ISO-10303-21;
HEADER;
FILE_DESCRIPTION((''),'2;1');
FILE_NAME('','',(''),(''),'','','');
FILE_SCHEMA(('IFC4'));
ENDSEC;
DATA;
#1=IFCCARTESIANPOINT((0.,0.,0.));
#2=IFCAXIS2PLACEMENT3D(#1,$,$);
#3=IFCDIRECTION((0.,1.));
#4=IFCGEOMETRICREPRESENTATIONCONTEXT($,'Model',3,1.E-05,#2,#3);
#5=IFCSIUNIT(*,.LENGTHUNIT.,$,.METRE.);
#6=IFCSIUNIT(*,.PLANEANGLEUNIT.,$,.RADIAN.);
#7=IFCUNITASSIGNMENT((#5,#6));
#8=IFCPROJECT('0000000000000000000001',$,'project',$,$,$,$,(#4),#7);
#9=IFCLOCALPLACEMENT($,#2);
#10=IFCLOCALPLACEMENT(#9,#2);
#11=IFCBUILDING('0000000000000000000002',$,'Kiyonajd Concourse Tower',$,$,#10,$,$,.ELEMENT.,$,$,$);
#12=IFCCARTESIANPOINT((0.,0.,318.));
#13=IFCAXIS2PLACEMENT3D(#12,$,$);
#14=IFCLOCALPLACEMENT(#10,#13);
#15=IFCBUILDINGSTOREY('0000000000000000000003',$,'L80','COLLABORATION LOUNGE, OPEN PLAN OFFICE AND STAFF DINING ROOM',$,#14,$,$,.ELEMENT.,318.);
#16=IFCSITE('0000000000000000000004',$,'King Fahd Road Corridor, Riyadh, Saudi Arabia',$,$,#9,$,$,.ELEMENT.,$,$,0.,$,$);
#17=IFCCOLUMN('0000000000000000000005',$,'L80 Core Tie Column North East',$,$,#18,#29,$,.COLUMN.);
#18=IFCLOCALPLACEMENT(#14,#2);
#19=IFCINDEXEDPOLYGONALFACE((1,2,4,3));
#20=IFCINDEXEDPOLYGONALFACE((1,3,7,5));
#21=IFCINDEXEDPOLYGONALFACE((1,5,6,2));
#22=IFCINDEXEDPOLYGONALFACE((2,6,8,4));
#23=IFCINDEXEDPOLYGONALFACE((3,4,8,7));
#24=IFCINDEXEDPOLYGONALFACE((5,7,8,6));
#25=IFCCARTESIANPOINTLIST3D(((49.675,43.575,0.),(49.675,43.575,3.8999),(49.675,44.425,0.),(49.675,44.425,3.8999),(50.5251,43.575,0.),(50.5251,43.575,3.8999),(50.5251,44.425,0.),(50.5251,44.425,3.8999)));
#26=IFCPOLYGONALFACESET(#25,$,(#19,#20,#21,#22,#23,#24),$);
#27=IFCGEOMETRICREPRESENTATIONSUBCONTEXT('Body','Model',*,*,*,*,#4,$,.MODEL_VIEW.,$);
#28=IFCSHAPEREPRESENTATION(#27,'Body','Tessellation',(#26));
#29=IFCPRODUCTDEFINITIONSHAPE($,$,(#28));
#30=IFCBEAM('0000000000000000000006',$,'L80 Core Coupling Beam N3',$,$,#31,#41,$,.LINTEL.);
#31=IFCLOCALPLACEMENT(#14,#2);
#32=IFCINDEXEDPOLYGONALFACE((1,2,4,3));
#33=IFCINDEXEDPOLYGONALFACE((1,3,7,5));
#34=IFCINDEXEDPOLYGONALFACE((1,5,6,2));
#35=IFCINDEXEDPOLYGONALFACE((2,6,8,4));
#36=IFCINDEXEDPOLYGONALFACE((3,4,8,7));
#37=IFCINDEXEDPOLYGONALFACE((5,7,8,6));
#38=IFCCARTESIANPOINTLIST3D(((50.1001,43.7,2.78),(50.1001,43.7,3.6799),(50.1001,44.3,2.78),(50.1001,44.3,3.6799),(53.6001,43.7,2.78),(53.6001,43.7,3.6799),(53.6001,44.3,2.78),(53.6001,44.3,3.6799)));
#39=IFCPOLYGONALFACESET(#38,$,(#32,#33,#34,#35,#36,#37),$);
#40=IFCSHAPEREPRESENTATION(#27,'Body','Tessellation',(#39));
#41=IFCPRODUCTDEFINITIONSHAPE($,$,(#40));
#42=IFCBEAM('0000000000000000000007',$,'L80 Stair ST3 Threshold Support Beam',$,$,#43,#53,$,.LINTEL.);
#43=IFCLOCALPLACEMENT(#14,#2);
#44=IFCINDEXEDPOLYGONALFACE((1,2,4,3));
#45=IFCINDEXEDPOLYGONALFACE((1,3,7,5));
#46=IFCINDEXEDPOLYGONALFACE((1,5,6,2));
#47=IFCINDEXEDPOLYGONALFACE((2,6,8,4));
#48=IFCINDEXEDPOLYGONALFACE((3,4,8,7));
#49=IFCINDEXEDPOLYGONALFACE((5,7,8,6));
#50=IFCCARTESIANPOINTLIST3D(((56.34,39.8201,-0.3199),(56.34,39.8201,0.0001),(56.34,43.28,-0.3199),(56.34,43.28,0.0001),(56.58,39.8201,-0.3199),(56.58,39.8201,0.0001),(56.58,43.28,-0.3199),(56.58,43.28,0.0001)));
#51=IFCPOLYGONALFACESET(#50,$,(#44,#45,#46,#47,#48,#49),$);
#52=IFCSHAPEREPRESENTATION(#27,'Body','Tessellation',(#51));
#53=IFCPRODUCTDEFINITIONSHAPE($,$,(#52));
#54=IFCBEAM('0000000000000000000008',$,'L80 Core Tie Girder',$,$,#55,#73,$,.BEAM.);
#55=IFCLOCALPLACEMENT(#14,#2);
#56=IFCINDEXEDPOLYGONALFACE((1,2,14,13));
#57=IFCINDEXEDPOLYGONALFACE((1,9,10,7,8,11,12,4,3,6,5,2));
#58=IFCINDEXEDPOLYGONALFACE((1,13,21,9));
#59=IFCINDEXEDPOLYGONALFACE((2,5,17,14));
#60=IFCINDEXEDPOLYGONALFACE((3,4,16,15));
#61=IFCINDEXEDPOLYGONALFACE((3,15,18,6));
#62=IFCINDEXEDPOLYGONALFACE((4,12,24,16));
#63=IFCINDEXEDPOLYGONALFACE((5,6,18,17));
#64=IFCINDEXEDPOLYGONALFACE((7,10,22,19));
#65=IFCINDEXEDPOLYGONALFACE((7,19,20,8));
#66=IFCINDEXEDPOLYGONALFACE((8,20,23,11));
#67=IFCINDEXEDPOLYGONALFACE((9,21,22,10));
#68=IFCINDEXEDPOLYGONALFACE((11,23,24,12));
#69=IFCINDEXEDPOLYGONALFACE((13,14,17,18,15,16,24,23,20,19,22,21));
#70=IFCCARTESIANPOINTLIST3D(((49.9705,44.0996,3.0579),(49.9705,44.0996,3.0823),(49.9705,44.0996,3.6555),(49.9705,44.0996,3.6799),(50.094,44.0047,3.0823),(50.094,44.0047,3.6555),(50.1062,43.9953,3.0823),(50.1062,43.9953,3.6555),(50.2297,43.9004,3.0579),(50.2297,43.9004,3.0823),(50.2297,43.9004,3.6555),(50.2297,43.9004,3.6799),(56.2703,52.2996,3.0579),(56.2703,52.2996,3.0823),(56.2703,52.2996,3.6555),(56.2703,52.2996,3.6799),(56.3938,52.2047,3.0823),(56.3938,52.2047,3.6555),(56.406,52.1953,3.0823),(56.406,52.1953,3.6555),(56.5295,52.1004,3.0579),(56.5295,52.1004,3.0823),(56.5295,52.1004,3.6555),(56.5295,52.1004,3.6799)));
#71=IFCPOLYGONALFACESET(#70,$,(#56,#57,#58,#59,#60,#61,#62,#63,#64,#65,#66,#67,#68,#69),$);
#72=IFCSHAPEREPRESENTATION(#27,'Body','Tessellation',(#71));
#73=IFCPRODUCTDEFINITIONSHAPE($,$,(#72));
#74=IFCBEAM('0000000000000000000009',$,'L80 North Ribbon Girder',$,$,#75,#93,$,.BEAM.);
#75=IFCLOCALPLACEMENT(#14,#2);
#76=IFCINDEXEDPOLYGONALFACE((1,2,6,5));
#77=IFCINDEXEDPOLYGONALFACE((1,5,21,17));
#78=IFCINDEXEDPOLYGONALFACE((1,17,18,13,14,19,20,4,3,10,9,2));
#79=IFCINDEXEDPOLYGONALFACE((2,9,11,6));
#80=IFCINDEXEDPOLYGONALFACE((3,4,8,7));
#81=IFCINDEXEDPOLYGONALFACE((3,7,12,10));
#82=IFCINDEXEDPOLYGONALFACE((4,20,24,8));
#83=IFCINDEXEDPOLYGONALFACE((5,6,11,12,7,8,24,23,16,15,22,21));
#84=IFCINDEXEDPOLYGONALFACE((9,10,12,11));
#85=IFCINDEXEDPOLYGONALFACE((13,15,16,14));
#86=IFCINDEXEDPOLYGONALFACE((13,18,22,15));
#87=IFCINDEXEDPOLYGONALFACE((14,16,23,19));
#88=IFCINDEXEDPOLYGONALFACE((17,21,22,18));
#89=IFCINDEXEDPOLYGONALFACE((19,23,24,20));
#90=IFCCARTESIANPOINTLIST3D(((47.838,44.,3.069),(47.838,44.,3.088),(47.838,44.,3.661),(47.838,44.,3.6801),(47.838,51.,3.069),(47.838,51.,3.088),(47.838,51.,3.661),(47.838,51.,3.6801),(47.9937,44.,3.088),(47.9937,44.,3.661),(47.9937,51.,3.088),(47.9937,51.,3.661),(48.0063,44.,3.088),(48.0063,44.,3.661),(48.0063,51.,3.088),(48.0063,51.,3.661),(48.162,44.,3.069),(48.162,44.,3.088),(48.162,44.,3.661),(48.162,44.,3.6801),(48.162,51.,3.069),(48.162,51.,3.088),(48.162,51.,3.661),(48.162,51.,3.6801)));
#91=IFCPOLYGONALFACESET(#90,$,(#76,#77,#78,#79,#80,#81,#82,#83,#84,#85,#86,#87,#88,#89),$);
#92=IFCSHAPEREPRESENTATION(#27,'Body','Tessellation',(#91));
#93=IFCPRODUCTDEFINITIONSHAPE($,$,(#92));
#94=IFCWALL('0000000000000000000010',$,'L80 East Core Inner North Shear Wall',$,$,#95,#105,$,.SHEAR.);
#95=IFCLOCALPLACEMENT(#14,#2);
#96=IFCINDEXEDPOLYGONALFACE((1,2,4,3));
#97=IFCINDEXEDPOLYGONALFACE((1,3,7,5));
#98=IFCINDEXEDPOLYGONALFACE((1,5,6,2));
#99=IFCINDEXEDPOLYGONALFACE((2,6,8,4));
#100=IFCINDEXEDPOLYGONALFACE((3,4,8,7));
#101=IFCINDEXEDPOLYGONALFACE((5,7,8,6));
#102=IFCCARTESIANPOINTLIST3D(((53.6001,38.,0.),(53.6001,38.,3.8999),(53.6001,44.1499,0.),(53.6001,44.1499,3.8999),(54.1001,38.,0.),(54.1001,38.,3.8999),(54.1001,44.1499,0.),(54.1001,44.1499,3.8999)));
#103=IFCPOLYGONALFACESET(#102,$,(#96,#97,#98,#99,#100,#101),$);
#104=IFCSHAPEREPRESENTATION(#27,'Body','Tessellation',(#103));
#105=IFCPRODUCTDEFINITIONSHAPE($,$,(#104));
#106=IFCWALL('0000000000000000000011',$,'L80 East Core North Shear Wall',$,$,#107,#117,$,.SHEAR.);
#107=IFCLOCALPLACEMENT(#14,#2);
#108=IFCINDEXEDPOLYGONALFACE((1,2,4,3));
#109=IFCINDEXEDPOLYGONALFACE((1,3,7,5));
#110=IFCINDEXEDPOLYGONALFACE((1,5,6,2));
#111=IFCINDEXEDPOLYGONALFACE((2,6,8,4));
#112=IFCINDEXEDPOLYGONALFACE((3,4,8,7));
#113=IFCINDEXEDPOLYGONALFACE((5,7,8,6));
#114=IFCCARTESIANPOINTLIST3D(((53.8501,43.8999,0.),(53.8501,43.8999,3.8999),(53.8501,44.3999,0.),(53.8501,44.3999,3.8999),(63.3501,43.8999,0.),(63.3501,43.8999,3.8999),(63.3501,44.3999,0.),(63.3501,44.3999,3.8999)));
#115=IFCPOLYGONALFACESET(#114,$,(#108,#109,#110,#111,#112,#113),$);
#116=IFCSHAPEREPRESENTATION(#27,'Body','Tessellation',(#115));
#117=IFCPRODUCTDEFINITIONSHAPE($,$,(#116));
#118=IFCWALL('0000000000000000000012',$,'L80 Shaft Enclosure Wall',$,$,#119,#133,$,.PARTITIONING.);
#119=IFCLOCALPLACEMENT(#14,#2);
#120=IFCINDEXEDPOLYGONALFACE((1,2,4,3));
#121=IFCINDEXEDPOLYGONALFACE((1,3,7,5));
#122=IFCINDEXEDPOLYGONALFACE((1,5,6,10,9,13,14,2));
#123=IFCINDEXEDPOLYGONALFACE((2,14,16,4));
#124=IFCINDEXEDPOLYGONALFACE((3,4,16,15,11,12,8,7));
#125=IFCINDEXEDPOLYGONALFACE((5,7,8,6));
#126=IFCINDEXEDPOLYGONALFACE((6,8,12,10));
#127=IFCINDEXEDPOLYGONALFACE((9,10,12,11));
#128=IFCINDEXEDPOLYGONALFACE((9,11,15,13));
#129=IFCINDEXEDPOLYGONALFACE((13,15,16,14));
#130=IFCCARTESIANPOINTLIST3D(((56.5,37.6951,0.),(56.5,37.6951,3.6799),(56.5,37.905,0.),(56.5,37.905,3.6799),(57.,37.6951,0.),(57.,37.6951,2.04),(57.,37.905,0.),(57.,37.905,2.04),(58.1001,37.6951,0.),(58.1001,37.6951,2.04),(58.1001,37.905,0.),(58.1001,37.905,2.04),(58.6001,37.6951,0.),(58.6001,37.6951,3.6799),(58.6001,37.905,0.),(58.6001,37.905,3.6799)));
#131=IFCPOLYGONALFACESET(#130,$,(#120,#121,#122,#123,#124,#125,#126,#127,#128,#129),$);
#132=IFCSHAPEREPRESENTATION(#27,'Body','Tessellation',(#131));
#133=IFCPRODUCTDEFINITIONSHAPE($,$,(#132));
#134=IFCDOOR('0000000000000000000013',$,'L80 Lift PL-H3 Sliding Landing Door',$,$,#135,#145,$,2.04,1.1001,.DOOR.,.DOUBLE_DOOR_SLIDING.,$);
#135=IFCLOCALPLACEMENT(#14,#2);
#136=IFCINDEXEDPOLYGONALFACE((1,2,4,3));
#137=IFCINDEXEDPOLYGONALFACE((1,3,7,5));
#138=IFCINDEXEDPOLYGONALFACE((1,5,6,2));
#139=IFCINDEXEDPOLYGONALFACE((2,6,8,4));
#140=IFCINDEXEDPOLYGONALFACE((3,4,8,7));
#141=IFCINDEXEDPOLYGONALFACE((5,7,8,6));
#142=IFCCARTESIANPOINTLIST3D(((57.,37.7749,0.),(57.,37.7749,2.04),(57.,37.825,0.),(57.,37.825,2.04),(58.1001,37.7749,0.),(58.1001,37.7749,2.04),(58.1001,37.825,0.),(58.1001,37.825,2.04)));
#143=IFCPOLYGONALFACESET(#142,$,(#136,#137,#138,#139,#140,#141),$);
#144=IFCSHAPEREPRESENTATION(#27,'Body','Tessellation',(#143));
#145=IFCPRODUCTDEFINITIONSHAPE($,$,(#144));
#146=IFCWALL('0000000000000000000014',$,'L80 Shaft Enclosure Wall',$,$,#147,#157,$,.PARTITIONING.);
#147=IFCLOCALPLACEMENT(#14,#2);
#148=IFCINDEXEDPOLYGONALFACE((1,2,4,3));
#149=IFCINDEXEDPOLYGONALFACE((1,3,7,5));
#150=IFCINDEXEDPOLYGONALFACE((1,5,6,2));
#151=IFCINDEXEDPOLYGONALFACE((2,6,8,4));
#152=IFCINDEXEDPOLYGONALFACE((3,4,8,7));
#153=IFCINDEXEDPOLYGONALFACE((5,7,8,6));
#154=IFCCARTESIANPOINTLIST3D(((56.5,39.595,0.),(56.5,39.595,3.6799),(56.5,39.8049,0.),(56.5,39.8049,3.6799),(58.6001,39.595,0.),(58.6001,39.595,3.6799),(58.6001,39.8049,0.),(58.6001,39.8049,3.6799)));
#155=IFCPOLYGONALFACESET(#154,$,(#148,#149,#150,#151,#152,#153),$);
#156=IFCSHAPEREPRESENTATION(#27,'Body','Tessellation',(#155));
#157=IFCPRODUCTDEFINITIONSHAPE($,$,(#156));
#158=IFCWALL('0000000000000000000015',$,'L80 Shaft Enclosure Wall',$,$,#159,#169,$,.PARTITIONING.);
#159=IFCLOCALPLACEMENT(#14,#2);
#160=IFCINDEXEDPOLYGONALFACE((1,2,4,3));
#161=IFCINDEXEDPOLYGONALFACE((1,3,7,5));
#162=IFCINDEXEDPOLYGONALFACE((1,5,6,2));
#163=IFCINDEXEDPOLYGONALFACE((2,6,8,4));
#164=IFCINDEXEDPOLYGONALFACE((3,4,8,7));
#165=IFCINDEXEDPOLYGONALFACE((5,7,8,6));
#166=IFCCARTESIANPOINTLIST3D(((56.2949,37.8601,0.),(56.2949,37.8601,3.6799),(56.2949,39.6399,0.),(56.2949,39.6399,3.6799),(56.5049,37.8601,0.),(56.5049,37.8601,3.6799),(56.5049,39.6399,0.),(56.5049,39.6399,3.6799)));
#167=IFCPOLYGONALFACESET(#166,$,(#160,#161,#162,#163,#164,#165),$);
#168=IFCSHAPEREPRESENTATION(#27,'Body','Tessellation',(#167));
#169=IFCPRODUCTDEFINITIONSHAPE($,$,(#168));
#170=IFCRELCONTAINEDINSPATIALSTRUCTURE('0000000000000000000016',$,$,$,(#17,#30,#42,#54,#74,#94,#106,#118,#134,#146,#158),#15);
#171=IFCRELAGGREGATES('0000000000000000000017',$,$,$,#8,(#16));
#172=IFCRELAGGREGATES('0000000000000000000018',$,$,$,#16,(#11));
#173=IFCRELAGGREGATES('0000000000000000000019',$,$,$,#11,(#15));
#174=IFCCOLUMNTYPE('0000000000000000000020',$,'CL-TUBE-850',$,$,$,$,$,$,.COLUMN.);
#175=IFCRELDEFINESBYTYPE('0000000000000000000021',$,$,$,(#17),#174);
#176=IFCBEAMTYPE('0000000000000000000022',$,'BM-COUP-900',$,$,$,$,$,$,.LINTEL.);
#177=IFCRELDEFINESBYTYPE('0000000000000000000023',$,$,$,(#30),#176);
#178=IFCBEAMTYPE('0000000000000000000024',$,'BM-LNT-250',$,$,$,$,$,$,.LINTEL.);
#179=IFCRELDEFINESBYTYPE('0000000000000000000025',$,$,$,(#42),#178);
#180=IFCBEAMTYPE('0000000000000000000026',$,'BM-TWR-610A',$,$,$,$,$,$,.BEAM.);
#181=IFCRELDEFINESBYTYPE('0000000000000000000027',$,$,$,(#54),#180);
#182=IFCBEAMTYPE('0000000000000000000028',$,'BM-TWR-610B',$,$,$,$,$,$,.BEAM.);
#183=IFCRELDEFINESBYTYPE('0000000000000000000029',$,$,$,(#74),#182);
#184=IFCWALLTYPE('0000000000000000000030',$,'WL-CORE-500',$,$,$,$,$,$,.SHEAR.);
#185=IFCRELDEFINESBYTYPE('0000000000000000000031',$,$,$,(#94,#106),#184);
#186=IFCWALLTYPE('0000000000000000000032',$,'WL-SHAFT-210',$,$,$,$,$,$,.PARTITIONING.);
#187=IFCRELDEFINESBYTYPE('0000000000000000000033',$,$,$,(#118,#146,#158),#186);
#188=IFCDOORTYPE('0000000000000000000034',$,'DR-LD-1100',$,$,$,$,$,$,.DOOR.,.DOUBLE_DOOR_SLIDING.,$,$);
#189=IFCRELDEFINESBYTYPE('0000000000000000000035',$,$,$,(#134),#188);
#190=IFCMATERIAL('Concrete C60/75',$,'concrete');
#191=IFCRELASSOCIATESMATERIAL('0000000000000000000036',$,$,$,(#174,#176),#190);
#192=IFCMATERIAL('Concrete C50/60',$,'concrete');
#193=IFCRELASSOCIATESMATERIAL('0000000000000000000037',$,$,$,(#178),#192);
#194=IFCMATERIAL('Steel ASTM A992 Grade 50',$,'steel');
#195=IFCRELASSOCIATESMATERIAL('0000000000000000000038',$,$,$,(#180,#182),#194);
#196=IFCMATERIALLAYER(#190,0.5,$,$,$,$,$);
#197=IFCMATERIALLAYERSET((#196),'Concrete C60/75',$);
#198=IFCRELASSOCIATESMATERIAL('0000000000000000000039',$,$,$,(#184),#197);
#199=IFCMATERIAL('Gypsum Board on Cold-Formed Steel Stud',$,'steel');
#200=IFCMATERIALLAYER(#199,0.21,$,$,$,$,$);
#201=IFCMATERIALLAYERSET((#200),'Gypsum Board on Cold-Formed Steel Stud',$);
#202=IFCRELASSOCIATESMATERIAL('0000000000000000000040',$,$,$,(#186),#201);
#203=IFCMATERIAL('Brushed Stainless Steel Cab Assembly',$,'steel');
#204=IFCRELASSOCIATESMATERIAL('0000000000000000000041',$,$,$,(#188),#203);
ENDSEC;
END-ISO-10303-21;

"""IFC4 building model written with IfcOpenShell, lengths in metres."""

from ifc_helpers import new_model, si_unit, direction, frame, frame_2d, origin, origin_2d, place, context, subcontext, project, spatial, rectangle, i_section, extrude, material, layer, layer_set, material_profile, profile_set, type_object, element, fill, save


model = new_model("IFC4")

# Units and contexts
model_context = context("Model", 3, precision=1e-05, world=origin(), true_north=direction((0.0, 1.0)))
body_context = subcontext(model_context, "Body", "Model", "MODEL_VIEW")
ifc_project = project(units=[si_unit("LENGTHUNIT", "METRE"), si_unit("PLANEANGLEUNIT", "RADIAN")], contexts=[model_context])

# Site, building, storey
site_placement = place(None, origin())
site = spatial("IfcSite", under=ifc_project, at=site_placement, Name="King Fahd Road Corridor, Riyadh, Saudi Arabia", CompositionType="ELEMENT", RefElevation=0.0)
building_placement = place(site_placement, origin())
building = spatial("IfcBuilding", under=site, at=building_placement, Name="Kiyonajd Concourse Tower", CompositionType="ELEMENT")
storey_placement = place(building_placement, frame((0.0, 0.0, 318.0)))
storey = spatial("IfcBuildingStorey", under=building, at=storey_placement, Name="L80", Description="COLLABORATION LOUNGE, OPEN PLAN OFFICE AND STAFF DINING ROOM", CompositionType="ELEMENT", Elevation=318.0)

# Column
ifc_material_1 = material(Name="Concrete C60/75", Category="concrete")
ifc_material_profile_1 = material_profile(ifc_material_1, rectangle(XDim=0.8501, YDim=0.8501, at=origin_2d()), Name="RC-850x850")
ifc_profile_set_1 = profile_set([ifc_material_profile_1], Name="Concrete C60/75")
column_type = type_object("IfcColumnType", Name="CL-TUBE-850", PredefinedType="COLUMN", material=ifc_profile_set_1)
column_placement = place(storey_placement, frame((50.1001, 44.0, 0.0), z_axis=(0.0, 0.0, 1.0), x_axis=(1.0, 0.0, 0.0)))
element("IfcColumn", 1, at=column_placement, inside=storey, type_object=column_type, Name="L80 Core Tie Column North East", PredefinedType="COLUMN", context=body_context, shape_type="SweptSolid", body=[
    extrude(rectangle(XDim=0.8501, YDim=0.8501, at=origin_2d()), origin(), (0.0, 0.0, 1.0), 3.8999),
])

# Beams
ifc_material_profile_2 = material_profile(ifc_material_1, rectangle(XDim=0.6001, YDim=0.8999, at=origin_2d()), Name="RCBM-600x900")
ifc_profile_set_2 = profile_set([ifc_material_profile_2], Name="Concrete C60/75")
beam_type_1 = type_object("IfcBeamType", Name="BM-COUP-900", PredefinedType="LINTEL", material=ifc_profile_set_2)
beam_1_placement = place(storey_placement, frame((50.1001, 44.0, 3.23), z_axis=(1.0, 0.0, 0.0), x_axis=(0.0, 1.0, 0.0)))
element("IfcBeam", 2, at=beam_1_placement, inside=storey, type_object=beam_type_1, Name="L80 Core Coupling Beam N3", PredefinedType="LINTEL", context=body_context, shape_type="SweptSolid", body=[
    extrude(rectangle(XDim=0.6001, YDim=0.8999, at=origin_2d()), origin(), (0.0, 0.0, 1.0), 3.5),
])
ifc_material_2 = material(Name="Concrete C50/60", Category="concrete")
ifc_material_profile_3 = material_profile(ifc_material_2, rectangle(XDim=0.24, YDim=0.3201, at=origin_2d()), Name="RCBM-240x320")
ifc_profile_set_3 = profile_set([ifc_material_profile_3], Name="Concrete C50/60")
beam_type_2 = type_object("IfcBeamType", Name="BM-LNT-250", PredefinedType="LINTEL", material=ifc_profile_set_3)
beam_2_placement = place(storey_placement, frame((56.46, 39.8201, -0.1599), z_axis=(0.0, 1.0, 0.0), x_axis=(-1.0, 0.0, 0.0)))
element("IfcBeam", 3, at=beam_2_placement, inside=storey, type_object=beam_type_2, Name="L80 Stair ST3 Threshold Support Beam", PredefinedType="LINTEL", context=body_context, shape_type="SweptSolid", body=[
    extrude(rectangle(XDim=0.24, YDim=0.3201, at=origin_2d()), origin(), (0.0, 0.0, 1.0), 3.46),
])
ifc_material_3 = material(Name="Steel ASTM A992 Grade 50", Category="steel")
ifc_material_profile_4 = material_profile(ifc_material_3, i_section(OverallWidth=0.3269, OverallDepth=0.6221, WebThickness=0.0154, FlangeThickness=0.0244, at=origin_2d()), Name="W610X195")
ifc_profile_set_4 = profile_set([ifc_material_profile_4], Name="Steel ASTM A992 Grade 50")
beam_type_3 = type_object("IfcBeamType", Name="BM-TWR-610A", PredefinedType="BEAM", material=ifc_profile_set_4)
beam_3_placement = place(storey_placement, frame((50.1001, 44.0, 3.3689), z_axis=(0.609234, 0.792991, 0.0), x_axis=(-0.792991, 0.609234, 0.0)))
element("IfcBeam", 4, at=beam_3_placement, inside=storey, type_object=beam_type_3, Name="L80 Core Tie Girder", PredefinedType="BEAM", context=body_context, shape_type="SweptSolid", body=[
    extrude(i_section(OverallWidth=0.3269, OverallDepth=0.6221, WebThickness=0.0154, FlangeThickness=0.0244, at=origin_2d()), origin(), (0.0, 0.0, 1.0), 10.3406),
])
ifc_material_profile_5 = material_profile(ifc_material_3, i_section(OverallWidth=0.324, OverallDepth=0.6111, WebThickness=0.0127, FlangeThickness=0.019, at=origin_2d()), Name="W610X155")
ifc_profile_set_5 = profile_set([ifc_material_profile_5], Name="Steel ASTM A992 Grade 50")
beam_type_4 = type_object("IfcBeamType", Name="BM-TWR-610B", PredefinedType="BEAM", material=ifc_profile_set_5)
beam_4_placement = place(storey_placement, frame((48.0, 44.0, 3.3745), z_axis=(0.0, 1.0, 0.0), x_axis=(-1.0, 0.0, 0.0)))
element("IfcBeam", 5, at=beam_4_placement, inside=storey, type_object=beam_type_4, Name="L80 North Ribbon Girder", PredefinedType="BEAM", context=body_context, shape_type="SweptSolid", body=[
    extrude(i_section(OverallWidth=0.324, OverallDepth=0.6111, WebThickness=0.0127, FlangeThickness=0.019, at=origin_2d()), origin(), (0.0, 0.0, 1.0), 7.0),
])

# Walls
ifc_layer_1 = layer(ifc_material_1, 0.5)
ifc_layer_set_1 = layer_set([ifc_layer_1], Name="Concrete C60/75")
wall_type_1 = type_object("IfcWallType", Name="WL-CORE-500", PredefinedType="SHEAR", material=ifc_layer_set_1)
wall_1_placement = place(storey_placement, frame((53.8501, 38.0, 0.0), z_axis=(0.0, 0.0, 1.0), x_axis=(0.0, 1.0, 0.0)))
element("IfcWall", 6, at=wall_1_placement, inside=storey, type_object=wall_type_1, Name="L80 East Core Inner North Shear Wall", PredefinedType="SHEAR", context=body_context, shape_type="SweptSolid", body=[
    extrude(rectangle(XDim=6.1499, YDim=0.5, at=frame_2d((3.075, 0.0))), origin(), (0.0, 0.0, 1.0), 3.8999),
])
wall_2_placement = place(storey_placement, frame((53.8501, 44.1499, 0.0), z_axis=(0.0, 0.0, 1.0), x_axis=(1.0, 0.0, 0.0)))
element("IfcWall", 7, at=wall_2_placement, inside=storey, type_object=wall_type_1, Name="L80 East Core North Shear Wall", PredefinedType="SHEAR", context=body_context, shape_type="SweptSolid", body=[
    extrude(rectangle(XDim=9.5, YDim=0.5, at=frame_2d((4.75, 0.0))), origin(), (0.0, 0.0, 1.0), 3.8999),
])

# Wall, opening, door
ifc_material_4 = material(Name="Gypsum Board on Cold-Formed Steel Stud", Category="steel")
ifc_layer_2 = layer(ifc_material_4, 0.21)
ifc_layer_set_2 = layer_set([ifc_layer_2], Name="Gypsum Board on Cold-Formed Steel Stud")
wall_type_2 = type_object("IfcWallType", Name="WL-SHAFT-210", PredefinedType="PARTITIONING", material=ifc_layer_set_2)
wall_3_placement = place(storey_placement, frame((56.5, 37.8, 0.0), z_axis=(0.0, 0.0, 1.0), x_axis=(1.0, 0.0, 0.0)))
wall_3 = element("IfcWall", 8, at=wall_3_placement, inside=storey, type_object=wall_type_2, Name="L80 Shaft Enclosure Wall", PredefinedType="PARTITIONING", context=body_context, shape_type="SweptSolid", body=[
    extrude(rectangle(XDim=2.1001, YDim=0.21, at=frame_2d((1.05, 0.0))), origin(), (0.0, 0.0, 1.0), 3.6799),
])
opening_1_placement = place(wall_3_placement, frame((0.5, 0.0, 0.0)))
opening_1 = element("IfcOpeningElement", 9, at=opening_1_placement, cuts=wall_3, PredefinedType="OPENING", context=body_context, shape_type="SweptSolid", body=[
    extrude(rectangle(XDim=1.1001, YDim=2.04, at=frame_2d((0.55, 1.02))), frame((0.0, 0.115, 0.0), z_axis=(0.0, -1.0, 0.0), x_axis=(1.0, 0.0, 0.0)), (0.0, 0.0, 1.0), 0.23),
])
ifc_material_5 = material(Name="Brushed Stainless Steel Cab Assembly", Category="steel")
door_type_1 = type_object("IfcDoorType", Name="DR-LD-1100", OperationType="DOUBLE_DOOR_SLIDING", PredefinedType="DOOR", material=ifc_material_5)
door_1_placement = place(opening_1_placement, origin())
door_1 = element("IfcDoor", 10, at=door_1_placement, inside=storey, type_object=door_type_1, Name="L80 Lift PL-H3 Sliding Landing Door", OperationType="DOUBLE_DOOR_SLIDING", OverallHeight=2.04, OverallWidth=1.1001, PredefinedType="DOOR", context=body_context, shape_type="SweptSolid", body=[
    extrude(rectangle(XDim=1.1001, YDim=2.04, at=frame_2d((0.55, 1.02))), frame((0.0, 0.0249, 0.0), z_axis=(0.0, -1.0, 0.0), x_axis=(1.0, 0.0, 0.0)), (0.0, 0.0, 1.0), 0.05),
])
fill(opening_1, door_1)

# Walls
wall_4_placement = place(storey_placement, frame((56.5, 39.7, 0.0), z_axis=(0.0, 0.0, 1.0), x_axis=(1.0, 0.0, 0.0)))
element("IfcWall", 11, at=wall_4_placement, inside=storey, type_object=wall_type_2, Name="L80 Shaft Enclosure Wall", PredefinedType="PARTITIONING", context=body_context, shape_type="SweptSolid", body=[
    extrude(rectangle(XDim=2.1001, YDim=0.21, at=frame_2d((1.05, 0.0))), origin(), (0.0, 0.0, 1.0), 3.6799),
])
wall_5_placement = place(storey_placement, frame((56.3999, 37.8601, 0.0), z_axis=(0.0, 0.0, 1.0), x_axis=(0.0, 1.0, 0.0)))
element("IfcWall", 12, at=wall_5_placement, inside=storey, type_object=wall_type_2, Name="L80 Shaft Enclosure Wall", PredefinedType="PARTITIONING", context=body_context, shape_type="SweptSolid", body=[
    extrude(rectangle(XDim=1.7798, YDim=0.21, at=frame_2d((0.8899, 0.0))), origin(), (0.0, 0.0, 1.0), 3.6799),
])

save(model, "model.ifc")
